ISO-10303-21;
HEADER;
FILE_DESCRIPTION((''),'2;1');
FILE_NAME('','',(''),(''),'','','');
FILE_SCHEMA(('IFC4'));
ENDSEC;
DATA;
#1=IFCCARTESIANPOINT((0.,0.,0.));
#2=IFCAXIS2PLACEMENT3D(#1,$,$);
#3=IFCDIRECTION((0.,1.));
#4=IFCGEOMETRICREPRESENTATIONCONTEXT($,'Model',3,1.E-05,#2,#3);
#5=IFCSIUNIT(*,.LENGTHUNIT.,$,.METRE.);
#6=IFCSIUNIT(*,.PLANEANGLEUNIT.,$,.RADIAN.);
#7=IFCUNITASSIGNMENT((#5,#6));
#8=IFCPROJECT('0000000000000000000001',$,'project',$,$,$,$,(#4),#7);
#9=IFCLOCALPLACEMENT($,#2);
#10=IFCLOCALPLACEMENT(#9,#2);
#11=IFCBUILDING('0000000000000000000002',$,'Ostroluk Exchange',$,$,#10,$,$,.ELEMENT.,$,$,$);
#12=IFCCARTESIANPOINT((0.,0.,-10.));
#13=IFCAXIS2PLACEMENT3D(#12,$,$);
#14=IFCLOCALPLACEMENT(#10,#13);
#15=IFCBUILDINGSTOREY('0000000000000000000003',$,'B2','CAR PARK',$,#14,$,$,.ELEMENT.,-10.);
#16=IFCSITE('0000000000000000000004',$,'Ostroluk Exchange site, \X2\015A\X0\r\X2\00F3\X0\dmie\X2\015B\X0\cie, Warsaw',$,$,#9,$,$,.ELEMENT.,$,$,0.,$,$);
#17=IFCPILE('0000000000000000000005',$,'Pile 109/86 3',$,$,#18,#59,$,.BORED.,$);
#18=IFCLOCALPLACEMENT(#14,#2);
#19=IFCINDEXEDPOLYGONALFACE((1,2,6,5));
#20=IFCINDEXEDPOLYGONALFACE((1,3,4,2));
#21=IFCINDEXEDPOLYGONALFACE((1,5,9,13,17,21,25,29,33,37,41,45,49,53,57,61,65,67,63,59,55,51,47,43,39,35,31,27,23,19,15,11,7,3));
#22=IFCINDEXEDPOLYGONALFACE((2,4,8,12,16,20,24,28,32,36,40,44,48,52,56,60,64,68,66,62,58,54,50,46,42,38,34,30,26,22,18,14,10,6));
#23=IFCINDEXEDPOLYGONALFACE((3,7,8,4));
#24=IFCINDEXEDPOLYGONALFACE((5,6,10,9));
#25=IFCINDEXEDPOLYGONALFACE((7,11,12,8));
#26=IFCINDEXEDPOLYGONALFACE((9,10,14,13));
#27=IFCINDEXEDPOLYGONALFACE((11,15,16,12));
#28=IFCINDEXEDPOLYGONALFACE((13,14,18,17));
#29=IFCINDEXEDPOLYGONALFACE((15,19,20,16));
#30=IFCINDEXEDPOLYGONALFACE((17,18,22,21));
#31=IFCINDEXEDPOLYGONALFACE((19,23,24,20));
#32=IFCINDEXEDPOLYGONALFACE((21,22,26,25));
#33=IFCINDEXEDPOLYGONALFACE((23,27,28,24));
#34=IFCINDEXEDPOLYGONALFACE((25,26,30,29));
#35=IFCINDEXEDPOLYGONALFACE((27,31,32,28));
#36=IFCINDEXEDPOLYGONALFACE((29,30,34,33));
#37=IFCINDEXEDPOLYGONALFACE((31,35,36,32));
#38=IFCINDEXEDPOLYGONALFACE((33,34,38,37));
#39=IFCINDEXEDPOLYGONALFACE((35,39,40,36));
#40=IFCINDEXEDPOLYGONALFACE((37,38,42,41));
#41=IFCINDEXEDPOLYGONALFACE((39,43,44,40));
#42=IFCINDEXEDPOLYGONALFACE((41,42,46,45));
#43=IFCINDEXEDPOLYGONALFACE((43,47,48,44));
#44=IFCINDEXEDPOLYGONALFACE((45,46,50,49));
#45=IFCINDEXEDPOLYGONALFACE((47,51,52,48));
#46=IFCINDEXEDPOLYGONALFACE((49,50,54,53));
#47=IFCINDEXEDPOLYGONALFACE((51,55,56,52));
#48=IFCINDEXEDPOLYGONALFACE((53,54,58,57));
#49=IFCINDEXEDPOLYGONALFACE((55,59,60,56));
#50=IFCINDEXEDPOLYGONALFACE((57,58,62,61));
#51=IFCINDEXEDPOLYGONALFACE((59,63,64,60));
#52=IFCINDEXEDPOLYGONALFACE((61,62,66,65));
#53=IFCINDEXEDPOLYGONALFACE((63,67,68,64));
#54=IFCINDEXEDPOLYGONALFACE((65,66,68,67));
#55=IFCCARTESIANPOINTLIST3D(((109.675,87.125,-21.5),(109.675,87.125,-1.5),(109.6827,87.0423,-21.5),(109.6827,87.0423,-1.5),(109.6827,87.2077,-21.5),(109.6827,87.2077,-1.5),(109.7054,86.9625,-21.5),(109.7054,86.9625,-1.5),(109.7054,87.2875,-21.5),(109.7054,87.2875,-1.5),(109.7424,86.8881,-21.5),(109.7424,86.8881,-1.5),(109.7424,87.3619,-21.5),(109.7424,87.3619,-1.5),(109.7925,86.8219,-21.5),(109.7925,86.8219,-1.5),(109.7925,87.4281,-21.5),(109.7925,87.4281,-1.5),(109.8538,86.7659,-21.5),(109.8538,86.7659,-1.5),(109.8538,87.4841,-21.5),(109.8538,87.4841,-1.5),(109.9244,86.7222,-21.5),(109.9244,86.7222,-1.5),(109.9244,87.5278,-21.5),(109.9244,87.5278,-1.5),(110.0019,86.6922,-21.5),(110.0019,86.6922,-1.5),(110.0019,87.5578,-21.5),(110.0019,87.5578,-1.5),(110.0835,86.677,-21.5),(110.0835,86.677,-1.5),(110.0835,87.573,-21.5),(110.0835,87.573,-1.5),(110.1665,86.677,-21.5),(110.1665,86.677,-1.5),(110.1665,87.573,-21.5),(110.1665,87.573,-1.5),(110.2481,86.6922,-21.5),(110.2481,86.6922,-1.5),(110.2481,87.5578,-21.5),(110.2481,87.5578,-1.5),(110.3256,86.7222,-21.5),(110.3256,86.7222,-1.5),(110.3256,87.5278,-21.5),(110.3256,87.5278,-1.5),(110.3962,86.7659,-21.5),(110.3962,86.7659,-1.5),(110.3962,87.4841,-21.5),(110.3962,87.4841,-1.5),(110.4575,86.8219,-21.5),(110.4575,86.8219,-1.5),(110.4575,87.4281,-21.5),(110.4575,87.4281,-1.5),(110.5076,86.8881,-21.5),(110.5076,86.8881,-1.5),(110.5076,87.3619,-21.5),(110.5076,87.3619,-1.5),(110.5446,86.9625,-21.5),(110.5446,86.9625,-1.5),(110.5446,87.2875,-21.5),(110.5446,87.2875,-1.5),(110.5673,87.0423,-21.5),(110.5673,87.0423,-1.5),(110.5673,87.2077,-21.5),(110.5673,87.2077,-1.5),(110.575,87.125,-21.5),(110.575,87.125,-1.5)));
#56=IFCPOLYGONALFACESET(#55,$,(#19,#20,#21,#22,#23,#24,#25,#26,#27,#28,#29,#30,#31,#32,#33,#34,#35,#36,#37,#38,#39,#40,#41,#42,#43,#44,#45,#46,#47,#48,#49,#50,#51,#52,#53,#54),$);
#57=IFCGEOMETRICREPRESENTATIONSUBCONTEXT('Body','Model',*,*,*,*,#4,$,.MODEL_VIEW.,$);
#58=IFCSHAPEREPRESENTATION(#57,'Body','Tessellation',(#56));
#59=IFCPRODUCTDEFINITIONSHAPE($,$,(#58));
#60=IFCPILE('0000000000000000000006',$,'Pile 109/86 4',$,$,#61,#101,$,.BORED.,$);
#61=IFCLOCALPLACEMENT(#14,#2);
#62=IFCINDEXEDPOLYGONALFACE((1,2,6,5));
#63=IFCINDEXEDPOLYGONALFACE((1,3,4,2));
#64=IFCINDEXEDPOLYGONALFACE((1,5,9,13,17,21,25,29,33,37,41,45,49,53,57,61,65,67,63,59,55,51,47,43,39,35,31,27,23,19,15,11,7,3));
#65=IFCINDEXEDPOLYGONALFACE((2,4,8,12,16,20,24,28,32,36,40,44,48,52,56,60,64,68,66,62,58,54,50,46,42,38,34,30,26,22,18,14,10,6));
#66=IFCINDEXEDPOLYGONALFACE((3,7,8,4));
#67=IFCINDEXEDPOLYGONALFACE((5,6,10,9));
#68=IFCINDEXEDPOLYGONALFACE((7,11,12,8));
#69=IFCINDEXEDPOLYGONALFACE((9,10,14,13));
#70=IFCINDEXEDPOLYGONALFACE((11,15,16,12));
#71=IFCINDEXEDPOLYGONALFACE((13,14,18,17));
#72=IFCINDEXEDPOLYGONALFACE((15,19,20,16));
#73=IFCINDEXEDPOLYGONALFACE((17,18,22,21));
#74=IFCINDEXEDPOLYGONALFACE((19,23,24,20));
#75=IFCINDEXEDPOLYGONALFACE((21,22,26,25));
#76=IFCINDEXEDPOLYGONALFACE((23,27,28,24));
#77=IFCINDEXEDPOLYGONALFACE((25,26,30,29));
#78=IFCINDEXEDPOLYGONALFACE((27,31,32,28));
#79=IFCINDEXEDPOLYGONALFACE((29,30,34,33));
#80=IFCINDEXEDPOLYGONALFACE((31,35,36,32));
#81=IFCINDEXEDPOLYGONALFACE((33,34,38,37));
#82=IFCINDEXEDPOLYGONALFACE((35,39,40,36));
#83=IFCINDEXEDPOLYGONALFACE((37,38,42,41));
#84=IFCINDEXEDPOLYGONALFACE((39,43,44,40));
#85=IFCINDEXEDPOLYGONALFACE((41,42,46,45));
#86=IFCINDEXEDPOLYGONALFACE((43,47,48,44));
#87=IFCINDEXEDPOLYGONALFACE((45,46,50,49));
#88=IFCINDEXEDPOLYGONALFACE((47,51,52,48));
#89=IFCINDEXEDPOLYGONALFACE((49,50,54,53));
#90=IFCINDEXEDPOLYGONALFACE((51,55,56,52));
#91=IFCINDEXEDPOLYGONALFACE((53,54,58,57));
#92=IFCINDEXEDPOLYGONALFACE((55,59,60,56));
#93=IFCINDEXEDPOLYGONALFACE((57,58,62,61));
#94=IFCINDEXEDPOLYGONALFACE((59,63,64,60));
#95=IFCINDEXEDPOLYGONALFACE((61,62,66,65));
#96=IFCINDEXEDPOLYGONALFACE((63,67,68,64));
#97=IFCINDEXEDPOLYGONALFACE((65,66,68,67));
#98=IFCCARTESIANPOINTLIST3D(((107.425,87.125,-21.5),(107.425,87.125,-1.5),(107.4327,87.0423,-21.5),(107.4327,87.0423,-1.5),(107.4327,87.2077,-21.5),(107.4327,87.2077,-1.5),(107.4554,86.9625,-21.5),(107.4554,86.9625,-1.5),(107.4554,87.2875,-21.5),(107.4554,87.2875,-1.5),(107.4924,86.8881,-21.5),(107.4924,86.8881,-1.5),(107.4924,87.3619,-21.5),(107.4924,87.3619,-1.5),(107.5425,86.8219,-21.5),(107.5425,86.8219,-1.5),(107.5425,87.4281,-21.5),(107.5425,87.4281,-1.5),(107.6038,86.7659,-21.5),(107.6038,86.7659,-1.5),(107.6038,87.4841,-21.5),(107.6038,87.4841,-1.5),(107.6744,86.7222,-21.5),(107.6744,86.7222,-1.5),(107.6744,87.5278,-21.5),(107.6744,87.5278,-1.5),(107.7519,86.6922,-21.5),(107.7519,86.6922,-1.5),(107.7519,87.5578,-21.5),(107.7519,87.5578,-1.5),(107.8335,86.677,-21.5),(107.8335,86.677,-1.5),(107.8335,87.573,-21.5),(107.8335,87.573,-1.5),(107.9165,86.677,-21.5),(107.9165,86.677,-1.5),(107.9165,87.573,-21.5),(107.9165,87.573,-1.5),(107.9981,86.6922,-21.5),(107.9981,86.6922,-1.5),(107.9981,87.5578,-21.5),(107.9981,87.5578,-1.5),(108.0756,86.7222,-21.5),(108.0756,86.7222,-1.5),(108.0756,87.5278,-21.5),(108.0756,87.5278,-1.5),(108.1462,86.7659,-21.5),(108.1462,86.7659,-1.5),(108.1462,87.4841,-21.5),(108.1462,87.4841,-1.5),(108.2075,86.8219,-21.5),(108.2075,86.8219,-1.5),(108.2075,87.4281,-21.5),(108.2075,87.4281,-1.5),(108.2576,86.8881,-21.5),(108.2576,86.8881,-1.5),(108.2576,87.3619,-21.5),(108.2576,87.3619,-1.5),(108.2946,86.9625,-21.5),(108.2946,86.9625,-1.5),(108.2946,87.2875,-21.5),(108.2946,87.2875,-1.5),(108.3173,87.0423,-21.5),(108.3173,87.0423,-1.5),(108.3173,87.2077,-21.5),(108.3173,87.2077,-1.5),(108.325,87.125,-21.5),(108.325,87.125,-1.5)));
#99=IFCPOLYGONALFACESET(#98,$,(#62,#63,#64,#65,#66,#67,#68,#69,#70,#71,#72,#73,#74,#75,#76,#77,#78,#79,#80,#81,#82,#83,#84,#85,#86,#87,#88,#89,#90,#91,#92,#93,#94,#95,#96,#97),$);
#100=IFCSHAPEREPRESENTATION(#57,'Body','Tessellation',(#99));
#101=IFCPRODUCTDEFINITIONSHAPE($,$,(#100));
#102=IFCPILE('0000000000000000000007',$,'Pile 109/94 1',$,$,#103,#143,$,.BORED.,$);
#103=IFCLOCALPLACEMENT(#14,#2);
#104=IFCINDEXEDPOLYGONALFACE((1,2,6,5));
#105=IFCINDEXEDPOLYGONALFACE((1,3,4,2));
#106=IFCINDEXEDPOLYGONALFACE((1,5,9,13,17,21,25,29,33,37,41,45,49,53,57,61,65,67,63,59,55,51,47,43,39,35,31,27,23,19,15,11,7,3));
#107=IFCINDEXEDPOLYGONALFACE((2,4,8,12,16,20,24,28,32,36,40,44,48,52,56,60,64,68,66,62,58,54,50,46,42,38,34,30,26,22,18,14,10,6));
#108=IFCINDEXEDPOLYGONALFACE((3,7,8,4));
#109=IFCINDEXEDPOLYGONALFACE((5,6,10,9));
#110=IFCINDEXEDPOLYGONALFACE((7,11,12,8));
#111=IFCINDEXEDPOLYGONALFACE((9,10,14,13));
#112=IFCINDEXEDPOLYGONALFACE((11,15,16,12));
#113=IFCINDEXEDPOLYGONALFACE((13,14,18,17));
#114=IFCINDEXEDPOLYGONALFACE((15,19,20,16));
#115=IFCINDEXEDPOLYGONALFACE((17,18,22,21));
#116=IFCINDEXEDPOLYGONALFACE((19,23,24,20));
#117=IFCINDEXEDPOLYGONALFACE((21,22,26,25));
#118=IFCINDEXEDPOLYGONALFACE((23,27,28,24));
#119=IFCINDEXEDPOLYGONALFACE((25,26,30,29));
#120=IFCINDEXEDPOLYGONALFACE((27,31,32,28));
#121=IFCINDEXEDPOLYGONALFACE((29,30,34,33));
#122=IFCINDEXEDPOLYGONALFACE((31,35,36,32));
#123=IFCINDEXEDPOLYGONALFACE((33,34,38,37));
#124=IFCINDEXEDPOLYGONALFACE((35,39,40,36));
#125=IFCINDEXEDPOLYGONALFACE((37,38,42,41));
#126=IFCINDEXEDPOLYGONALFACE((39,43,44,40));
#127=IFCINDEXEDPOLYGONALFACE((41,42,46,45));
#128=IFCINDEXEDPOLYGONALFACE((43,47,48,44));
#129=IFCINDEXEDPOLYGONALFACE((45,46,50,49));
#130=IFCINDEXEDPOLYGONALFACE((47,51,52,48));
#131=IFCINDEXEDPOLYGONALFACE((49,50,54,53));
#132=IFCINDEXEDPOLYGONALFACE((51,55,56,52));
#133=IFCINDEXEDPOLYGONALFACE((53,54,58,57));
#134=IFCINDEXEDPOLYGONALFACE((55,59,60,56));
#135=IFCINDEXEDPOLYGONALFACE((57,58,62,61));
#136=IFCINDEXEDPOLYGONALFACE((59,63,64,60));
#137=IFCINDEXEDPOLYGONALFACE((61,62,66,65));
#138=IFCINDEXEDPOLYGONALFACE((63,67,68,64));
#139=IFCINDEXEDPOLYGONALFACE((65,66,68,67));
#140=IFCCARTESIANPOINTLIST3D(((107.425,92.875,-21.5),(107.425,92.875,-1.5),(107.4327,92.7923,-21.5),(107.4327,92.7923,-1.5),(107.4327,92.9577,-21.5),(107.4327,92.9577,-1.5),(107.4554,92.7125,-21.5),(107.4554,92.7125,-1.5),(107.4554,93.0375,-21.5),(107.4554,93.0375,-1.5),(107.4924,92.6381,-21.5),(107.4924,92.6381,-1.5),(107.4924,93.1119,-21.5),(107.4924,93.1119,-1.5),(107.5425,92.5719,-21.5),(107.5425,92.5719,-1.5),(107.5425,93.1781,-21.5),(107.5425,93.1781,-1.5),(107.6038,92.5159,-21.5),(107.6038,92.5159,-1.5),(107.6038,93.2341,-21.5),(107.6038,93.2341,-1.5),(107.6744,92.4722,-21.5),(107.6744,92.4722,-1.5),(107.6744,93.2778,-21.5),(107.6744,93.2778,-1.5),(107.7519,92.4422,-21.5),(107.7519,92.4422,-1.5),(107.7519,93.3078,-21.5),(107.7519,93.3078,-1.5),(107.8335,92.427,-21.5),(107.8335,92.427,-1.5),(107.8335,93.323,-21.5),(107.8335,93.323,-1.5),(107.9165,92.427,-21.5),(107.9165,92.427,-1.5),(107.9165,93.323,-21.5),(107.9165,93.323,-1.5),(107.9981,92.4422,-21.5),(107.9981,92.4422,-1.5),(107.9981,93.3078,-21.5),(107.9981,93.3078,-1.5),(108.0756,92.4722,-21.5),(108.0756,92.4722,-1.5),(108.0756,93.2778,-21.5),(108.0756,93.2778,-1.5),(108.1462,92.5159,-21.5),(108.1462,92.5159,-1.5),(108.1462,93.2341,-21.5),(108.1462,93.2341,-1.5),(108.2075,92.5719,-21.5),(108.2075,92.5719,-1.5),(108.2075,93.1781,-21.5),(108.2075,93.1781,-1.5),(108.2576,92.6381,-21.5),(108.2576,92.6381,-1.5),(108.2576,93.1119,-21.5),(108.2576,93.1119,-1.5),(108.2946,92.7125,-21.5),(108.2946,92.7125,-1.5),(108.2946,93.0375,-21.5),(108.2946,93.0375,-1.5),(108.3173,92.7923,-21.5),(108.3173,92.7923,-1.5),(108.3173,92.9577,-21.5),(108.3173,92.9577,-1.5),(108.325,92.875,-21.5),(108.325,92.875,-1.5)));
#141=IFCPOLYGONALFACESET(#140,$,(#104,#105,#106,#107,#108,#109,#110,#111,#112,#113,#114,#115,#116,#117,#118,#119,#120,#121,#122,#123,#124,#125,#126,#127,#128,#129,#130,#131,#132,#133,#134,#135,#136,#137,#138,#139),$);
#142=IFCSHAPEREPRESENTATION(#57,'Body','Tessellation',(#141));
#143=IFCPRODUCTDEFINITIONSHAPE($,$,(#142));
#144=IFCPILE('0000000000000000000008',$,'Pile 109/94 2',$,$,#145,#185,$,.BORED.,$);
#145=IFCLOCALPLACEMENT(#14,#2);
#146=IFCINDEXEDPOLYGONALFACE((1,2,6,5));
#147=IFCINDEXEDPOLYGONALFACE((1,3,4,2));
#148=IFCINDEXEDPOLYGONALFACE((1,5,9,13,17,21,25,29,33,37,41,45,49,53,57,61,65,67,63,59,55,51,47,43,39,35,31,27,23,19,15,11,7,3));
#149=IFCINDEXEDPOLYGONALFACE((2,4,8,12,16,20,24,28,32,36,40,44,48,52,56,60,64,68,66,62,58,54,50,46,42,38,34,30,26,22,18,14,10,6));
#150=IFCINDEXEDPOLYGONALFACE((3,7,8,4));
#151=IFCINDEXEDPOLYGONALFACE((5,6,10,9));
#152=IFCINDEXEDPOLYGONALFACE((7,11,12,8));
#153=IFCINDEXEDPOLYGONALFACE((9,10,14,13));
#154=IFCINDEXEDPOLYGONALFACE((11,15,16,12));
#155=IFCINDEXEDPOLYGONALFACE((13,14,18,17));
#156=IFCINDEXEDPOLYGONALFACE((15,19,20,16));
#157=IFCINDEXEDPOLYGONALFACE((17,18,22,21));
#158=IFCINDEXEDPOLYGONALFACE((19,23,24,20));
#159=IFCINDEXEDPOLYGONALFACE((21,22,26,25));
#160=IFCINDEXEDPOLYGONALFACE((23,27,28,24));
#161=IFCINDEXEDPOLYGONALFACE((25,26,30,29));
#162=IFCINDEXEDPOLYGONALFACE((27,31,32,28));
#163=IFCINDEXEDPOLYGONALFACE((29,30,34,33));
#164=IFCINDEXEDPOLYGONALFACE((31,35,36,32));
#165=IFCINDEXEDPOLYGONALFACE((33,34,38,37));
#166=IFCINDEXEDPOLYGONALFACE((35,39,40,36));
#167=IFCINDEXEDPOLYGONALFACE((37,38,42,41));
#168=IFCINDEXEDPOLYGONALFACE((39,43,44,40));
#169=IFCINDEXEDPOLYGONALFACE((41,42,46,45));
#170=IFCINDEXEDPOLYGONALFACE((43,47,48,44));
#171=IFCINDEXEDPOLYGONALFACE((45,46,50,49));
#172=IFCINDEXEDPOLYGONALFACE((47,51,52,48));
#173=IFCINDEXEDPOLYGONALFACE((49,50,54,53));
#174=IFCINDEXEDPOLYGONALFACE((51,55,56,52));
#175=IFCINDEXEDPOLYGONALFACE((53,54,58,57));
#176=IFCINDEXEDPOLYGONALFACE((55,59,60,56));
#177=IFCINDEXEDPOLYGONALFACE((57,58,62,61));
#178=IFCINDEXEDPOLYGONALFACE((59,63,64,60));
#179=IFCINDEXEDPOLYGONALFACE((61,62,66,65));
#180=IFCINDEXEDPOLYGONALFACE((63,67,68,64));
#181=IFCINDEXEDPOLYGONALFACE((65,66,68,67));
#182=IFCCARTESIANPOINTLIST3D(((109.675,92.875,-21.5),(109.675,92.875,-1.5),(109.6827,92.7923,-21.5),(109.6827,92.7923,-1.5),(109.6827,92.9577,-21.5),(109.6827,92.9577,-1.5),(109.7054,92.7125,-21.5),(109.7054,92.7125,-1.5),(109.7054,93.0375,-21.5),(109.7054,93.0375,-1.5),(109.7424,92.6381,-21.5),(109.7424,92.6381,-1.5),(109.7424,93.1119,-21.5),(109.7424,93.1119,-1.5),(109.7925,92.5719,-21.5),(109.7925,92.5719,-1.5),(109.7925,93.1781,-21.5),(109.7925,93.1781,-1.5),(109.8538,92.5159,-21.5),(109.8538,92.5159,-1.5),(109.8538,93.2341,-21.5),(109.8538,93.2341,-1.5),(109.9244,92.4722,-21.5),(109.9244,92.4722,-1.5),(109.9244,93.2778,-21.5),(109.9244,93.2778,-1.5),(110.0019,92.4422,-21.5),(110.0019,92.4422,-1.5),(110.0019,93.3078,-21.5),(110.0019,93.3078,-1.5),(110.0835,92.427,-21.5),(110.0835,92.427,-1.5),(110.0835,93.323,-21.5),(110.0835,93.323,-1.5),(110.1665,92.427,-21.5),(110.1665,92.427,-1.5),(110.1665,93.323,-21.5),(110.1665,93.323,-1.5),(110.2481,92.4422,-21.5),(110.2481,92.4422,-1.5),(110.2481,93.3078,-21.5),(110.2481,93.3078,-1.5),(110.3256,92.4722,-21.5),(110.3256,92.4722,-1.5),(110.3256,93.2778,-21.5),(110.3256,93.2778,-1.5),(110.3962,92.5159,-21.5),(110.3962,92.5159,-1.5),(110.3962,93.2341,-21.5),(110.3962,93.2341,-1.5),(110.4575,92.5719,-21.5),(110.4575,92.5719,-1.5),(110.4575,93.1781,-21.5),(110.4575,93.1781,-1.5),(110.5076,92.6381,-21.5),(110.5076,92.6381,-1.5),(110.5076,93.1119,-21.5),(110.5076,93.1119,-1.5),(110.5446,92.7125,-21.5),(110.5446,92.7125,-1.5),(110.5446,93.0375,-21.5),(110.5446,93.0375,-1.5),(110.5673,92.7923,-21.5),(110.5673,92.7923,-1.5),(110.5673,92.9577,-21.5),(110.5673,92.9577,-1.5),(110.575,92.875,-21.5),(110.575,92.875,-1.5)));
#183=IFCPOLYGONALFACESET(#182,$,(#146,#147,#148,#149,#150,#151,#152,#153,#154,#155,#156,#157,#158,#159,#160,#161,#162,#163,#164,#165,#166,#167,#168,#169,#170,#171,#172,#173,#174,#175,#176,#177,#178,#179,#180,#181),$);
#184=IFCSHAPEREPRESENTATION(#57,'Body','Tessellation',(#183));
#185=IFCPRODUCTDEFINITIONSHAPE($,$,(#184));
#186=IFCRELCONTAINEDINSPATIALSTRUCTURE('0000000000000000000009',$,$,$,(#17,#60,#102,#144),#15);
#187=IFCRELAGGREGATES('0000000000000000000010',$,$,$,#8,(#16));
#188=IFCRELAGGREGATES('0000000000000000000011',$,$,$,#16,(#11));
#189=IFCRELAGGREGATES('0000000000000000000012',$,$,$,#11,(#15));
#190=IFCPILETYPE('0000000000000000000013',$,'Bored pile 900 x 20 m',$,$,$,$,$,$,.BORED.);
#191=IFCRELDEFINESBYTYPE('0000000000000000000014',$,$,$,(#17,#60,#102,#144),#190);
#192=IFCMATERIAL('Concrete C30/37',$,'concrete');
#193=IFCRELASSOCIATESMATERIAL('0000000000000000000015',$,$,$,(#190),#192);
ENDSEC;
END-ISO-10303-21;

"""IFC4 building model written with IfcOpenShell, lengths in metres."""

from ifc_helpers import new_model, si_unit, direction, frame, origin, origin_2d, place, context, subcontext, project, spatial, circle, extrude, material, type_object, element, save


model = new_model("IFC4")

# Units and contexts
model_context = context("Model", 3, precision=1e-05, world=origin(), true_north=direction((0.0, 1.0)))
body_context = subcontext(model_context, "Body", "Model", "MODEL_VIEW")
ifc_project = project(units=[si_unit("LENGTHUNIT", "METRE"), si_unit("PLANEANGLEUNIT", "RADIAN")], contexts=[model_context])

# Site, building, storey
site_placement = place(None, origin())
site = spatial("IfcSite", under=ifc_project, at=site_placement, Name="Ostroluk Exchange site, Śródmieście, Warsaw", CompositionType="ELEMENT", RefElevation=0.0)
building_placement = place(site_placement, origin())
building = spatial("IfcBuilding", under=site, at=building_placement, Name="Ostroluk Exchange", CompositionType="ELEMENT")
storey_placement = place(building_placement, frame((0.0, 0.0, -10.0)))
storey = spatial("IfcBuildingStorey", under=building, at=storey_placement, Name="B2", Description="CAR PARK", CompositionType="ELEMENT", Elevation=-10.0)

# Piles
ifc_material_1 = material(Name="Concrete C30/37", Category="concrete")
pile_type = type_object("IfcPileType", Name="Bored pile 900 x 20 m", PredefinedType="BORED", material=ifc_material_1)
for number, where, z_axis, x_axis, name in (
    (1, (110.125, 87.125, -1.5), (0.0, 0.0, -1.0), (1.0, 0.0, 0.0), "Pile 109/86 3"),
    (2, (107.875, 87.125, -1.5), (0.0, 0.0, -1.0), (1.0, 0.0, 0.0), "Pile 109/86 4"),
    (3, (107.875, 92.875, -1.5), (0.0, 0.0, -1.0), (1.0, 0.0, 0.0), "Pile 109/94 1"),
    (4, (110.125, 92.875, -1.5), (0.0, 0.0, -1.0), (1.0, 0.0, 0.0), "Pile 109/94 2"),
):
    element("IfcPile", number, at=place(storey_placement, frame(where, z_axis=z_axis, x_axis=x_axis)), inside=storey, type_object=pile_type, Name=name, PredefinedType="BORED", context=body_context, shape_type="SweptSolid", body=[
        extrude(circle(Radius=0.45, at=origin_2d()), origin(), (0.0, 0.0, 1.0), 20.0),
    ])

save(model, "model.ifc")
